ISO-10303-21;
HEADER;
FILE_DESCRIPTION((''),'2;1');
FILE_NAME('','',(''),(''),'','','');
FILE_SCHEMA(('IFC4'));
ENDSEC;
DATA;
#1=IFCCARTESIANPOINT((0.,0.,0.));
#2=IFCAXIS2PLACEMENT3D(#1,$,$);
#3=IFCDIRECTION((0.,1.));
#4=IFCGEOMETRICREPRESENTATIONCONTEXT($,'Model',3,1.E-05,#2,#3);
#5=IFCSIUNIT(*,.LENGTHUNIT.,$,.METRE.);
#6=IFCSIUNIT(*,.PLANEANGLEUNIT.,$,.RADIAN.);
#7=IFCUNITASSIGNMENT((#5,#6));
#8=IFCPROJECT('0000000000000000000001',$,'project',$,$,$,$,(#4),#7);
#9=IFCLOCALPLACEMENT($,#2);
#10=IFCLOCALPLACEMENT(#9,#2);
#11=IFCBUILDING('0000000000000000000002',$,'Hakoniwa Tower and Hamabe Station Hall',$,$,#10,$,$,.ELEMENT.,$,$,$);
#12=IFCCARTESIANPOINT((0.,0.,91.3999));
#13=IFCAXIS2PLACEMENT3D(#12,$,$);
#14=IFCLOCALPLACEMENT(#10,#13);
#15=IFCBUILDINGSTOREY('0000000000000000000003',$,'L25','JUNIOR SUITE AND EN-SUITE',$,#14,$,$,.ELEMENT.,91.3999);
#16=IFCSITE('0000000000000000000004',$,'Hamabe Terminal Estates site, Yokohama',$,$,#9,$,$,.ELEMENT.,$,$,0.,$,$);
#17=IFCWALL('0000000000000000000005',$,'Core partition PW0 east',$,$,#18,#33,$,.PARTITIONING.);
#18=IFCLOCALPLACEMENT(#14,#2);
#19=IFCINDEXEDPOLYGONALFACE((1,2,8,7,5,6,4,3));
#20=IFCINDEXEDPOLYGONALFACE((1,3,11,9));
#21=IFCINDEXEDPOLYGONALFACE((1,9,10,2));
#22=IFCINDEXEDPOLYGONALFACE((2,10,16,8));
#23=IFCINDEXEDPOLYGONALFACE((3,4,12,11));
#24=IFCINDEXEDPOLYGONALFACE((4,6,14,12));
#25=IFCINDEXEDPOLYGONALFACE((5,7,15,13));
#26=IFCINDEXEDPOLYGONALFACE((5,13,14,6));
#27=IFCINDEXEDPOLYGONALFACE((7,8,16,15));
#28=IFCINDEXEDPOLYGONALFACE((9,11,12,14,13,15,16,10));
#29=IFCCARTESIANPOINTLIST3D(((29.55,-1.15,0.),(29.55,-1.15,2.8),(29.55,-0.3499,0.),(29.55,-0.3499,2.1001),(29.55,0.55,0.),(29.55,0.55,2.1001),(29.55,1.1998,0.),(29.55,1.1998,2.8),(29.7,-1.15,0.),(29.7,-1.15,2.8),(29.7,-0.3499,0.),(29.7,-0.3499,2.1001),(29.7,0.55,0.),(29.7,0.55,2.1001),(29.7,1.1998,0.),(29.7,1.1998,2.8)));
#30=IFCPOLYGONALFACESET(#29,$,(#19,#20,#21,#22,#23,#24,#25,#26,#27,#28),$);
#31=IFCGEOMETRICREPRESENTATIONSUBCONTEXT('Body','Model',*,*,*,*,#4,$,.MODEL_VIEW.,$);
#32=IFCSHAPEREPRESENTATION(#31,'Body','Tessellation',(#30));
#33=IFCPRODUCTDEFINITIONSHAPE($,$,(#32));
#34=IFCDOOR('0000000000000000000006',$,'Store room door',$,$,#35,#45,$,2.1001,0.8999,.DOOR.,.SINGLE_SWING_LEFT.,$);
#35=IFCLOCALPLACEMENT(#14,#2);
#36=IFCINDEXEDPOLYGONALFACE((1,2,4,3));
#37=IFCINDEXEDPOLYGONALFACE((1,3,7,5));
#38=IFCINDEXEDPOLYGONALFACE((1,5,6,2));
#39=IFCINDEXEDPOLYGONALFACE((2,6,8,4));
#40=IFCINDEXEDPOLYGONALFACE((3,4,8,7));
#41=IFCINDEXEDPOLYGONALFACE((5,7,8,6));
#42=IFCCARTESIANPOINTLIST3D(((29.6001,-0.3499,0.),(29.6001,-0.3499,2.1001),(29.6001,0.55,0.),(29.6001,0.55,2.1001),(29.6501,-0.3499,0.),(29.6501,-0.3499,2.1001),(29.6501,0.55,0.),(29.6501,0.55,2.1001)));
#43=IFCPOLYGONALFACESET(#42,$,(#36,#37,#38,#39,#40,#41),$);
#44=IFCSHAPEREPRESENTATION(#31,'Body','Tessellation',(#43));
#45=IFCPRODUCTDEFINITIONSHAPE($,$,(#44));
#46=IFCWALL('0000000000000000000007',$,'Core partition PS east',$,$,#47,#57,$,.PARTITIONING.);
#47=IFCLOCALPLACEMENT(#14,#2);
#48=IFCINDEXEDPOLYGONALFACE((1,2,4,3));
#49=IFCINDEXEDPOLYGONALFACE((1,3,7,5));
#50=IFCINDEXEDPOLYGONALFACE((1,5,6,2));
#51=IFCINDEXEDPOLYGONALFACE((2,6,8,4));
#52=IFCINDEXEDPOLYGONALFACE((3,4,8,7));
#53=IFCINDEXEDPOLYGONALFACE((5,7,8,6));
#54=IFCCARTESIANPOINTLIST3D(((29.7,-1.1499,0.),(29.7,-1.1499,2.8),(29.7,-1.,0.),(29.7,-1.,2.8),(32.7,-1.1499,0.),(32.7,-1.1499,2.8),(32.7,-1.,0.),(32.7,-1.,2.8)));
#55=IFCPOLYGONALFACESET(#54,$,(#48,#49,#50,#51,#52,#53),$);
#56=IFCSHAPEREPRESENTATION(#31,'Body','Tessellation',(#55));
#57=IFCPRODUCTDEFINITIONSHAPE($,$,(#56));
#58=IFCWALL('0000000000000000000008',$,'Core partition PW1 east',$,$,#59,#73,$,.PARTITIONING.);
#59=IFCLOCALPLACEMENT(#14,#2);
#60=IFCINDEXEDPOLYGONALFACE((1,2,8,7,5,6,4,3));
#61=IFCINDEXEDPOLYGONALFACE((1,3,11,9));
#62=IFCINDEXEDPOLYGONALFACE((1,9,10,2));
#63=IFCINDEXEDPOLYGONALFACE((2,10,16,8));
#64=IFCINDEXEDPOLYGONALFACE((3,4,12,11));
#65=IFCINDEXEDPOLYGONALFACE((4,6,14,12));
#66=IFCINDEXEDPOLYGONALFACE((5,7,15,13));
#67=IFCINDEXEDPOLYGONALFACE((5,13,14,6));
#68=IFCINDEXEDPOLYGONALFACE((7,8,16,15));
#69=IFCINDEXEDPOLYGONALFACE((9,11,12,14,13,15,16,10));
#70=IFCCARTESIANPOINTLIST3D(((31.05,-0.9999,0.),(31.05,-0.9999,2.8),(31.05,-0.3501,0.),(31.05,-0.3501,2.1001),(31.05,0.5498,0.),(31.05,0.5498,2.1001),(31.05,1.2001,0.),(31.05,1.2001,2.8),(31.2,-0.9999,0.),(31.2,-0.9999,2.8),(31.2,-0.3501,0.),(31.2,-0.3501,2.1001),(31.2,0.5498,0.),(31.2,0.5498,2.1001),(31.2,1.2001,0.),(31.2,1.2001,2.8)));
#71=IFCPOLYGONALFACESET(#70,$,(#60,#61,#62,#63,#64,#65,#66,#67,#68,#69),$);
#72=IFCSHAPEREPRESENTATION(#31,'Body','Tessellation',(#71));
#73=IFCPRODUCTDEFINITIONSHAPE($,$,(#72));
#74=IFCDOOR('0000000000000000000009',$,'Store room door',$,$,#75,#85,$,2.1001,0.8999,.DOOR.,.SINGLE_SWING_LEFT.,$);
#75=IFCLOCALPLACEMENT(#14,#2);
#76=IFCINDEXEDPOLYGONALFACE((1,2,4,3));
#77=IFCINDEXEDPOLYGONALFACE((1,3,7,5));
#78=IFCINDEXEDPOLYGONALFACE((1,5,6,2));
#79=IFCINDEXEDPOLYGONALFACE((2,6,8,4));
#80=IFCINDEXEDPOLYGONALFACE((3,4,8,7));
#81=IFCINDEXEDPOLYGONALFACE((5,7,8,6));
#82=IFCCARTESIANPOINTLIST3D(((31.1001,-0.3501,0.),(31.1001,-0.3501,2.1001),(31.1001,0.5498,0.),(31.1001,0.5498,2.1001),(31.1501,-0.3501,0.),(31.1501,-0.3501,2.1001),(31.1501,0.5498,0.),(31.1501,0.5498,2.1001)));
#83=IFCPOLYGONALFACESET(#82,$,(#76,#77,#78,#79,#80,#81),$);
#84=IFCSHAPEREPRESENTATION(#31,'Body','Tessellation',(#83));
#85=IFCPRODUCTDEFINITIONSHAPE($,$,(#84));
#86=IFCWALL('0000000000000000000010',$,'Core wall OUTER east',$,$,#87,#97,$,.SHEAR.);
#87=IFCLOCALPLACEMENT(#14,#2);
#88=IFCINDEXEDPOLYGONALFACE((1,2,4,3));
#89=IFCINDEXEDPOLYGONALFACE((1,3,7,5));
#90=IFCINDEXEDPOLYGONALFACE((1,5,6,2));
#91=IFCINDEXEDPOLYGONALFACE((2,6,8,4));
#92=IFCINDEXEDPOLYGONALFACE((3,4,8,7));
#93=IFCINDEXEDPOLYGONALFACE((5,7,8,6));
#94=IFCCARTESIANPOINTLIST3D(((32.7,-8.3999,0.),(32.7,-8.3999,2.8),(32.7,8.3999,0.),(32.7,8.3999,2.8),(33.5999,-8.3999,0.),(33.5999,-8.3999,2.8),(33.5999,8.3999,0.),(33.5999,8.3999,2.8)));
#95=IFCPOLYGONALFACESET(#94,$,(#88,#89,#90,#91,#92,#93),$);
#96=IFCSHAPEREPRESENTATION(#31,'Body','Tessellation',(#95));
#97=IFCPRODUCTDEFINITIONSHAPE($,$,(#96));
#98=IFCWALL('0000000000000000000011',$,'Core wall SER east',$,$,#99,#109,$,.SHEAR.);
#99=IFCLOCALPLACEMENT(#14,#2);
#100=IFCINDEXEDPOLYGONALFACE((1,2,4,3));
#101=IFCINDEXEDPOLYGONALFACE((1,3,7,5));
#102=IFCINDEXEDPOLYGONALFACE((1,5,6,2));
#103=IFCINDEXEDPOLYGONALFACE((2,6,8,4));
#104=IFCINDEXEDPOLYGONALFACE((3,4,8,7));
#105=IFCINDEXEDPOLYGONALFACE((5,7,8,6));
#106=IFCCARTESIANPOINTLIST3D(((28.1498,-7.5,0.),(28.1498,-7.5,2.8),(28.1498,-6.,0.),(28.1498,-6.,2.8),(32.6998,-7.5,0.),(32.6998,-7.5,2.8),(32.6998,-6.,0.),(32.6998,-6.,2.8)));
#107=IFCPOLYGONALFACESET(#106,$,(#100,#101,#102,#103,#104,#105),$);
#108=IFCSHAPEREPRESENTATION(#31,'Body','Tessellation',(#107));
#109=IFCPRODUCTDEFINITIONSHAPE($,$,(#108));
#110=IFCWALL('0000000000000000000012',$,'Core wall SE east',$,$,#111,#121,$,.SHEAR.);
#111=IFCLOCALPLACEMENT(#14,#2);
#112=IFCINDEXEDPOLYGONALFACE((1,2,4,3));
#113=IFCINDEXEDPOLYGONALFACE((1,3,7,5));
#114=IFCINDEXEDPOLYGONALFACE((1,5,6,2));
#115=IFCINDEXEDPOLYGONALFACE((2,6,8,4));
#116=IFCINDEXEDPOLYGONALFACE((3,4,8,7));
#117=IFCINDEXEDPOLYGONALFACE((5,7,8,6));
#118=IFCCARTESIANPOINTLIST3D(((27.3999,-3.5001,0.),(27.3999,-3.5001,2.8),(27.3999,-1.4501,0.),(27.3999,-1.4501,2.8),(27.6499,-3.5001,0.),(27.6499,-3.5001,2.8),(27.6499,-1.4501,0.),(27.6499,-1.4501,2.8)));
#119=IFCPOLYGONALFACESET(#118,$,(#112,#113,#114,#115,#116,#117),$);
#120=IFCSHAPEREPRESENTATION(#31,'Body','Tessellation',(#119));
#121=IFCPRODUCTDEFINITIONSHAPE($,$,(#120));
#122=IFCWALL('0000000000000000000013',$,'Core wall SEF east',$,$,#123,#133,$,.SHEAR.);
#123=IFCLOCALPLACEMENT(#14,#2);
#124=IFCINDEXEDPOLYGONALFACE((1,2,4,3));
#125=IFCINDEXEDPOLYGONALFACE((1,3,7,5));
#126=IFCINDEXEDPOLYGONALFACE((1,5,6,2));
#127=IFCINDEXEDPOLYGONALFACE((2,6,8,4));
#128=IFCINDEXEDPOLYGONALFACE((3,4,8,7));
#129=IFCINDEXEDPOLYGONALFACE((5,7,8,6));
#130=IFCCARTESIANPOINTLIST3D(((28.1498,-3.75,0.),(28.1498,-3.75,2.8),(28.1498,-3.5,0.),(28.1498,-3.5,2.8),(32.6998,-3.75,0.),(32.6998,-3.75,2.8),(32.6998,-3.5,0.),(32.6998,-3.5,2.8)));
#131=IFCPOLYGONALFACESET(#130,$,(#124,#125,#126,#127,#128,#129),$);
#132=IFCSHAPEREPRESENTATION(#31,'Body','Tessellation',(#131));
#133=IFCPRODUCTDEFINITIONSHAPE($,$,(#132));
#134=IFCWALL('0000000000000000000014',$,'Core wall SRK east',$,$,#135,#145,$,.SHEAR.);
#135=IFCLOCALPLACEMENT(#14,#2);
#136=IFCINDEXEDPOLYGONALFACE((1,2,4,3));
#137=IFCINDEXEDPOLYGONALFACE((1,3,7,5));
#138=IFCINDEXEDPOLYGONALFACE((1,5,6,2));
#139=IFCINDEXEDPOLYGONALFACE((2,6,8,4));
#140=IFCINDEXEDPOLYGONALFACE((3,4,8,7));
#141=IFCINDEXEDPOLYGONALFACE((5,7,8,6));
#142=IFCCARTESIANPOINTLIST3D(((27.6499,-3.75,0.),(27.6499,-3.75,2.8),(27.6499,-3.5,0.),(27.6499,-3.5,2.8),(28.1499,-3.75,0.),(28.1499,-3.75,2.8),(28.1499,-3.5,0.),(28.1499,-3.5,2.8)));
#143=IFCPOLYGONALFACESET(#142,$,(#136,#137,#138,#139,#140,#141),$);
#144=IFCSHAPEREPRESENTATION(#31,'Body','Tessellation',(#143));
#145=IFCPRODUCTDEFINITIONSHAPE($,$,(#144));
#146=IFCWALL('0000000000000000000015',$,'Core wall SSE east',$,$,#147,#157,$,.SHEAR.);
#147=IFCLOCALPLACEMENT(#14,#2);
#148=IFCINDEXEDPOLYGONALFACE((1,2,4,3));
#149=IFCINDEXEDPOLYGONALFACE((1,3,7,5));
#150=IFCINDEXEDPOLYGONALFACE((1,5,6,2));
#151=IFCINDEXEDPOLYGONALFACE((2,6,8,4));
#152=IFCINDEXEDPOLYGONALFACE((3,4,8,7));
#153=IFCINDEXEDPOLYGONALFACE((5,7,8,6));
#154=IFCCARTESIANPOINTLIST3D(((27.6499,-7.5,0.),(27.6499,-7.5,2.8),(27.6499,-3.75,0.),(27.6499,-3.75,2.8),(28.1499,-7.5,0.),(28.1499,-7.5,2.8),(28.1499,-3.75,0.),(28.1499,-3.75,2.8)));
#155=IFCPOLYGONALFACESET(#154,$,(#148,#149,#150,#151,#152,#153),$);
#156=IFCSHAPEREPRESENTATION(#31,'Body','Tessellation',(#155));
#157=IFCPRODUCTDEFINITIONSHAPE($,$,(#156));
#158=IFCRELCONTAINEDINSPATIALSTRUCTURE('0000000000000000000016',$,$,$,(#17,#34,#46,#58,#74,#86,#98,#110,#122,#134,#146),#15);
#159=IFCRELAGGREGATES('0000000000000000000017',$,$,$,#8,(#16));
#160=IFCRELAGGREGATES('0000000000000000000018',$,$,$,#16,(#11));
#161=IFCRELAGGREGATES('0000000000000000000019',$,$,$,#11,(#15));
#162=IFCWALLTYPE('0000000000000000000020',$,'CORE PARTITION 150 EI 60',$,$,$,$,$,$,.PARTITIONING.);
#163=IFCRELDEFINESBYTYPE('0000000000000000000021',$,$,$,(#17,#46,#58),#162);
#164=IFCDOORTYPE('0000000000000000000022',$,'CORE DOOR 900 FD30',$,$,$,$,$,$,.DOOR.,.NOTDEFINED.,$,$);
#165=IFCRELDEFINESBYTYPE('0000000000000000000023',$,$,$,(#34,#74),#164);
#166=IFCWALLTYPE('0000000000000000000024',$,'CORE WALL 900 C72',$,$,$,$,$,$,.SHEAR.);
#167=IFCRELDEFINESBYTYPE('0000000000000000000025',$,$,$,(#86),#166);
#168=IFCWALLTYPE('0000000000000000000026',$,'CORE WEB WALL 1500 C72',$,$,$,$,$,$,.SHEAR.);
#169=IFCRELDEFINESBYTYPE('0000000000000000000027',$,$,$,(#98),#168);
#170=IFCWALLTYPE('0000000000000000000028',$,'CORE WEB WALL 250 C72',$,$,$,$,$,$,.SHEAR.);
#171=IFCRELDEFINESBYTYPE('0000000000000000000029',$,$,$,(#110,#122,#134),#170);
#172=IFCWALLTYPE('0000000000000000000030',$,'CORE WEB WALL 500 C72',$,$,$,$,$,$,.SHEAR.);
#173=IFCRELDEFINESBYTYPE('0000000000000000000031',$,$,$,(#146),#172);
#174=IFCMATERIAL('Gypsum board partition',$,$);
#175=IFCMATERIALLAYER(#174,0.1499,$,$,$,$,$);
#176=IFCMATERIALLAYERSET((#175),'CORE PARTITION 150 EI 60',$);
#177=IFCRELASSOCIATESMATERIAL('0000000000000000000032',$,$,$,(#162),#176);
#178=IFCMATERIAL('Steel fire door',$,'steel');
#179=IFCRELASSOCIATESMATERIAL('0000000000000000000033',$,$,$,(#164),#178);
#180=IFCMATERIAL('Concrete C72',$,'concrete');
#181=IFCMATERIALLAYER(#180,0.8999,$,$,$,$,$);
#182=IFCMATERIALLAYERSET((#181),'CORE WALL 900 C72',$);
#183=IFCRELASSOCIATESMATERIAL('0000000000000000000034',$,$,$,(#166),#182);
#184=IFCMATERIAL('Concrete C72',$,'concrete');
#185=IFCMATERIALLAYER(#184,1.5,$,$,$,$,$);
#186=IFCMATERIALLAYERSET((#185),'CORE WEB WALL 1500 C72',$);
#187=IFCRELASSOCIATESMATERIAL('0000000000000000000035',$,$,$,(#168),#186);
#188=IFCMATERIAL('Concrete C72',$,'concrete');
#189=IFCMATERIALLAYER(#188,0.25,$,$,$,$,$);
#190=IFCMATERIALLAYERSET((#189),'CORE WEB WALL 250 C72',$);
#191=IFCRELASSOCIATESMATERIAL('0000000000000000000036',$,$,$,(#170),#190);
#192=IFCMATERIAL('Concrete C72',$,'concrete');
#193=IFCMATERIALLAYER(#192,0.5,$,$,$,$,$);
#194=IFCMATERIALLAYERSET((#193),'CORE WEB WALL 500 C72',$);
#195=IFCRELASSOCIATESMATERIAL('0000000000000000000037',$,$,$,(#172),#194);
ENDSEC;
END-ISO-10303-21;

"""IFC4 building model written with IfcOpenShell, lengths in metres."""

from ifc_helpers import new_model, si_unit, direction, frame, frame_2d, origin, place, context, subcontext, project, spatial, rectangle, extrude, material, layer, layer_set, type_object, element, fill, save


model = new_model("IFC4")

# Units and contexts
model_context = context("Model", 3, precision=1e-05, world=origin(), true_north=direction((0.0, 1.0)))
body_context = subcontext(model_context, "Body", "Model", "MODEL_VIEW")
ifc_project = project(units=[si_unit("LENGTHUNIT", "METRE"), si_unit("PLANEANGLEUNIT", "RADIAN")], contexts=[model_context])

# Site, building, storey
site_placement = place(None, origin())
site = spatial("IfcSite", under=ifc_project, at=site_placement, Name="Hamabe Terminal Estates site, Yokohama", CompositionType="ELEMENT", RefElevation=0.0)
building_placement = place(site_placement, origin())
building = spatial("IfcBuilding", under=site, at=building_placement, Name="Hakoniwa Tower and Hamabe Station Hall", CompositionType="ELEMENT")
storey_placement = place(building_placement, frame((0.0, 0.0, 91.3999)))
storey = spatial("IfcBuildingStorey", under=building, at=storey_placement, Name="L25", Description="JUNIOR SUITE AND EN-SUITE", CompositionType="ELEMENT", Elevation=91.3999)

# Wall, opening, door
ifc_material_1 = material(Name="Gypsum board partition")
ifc_layer_1 = layer(ifc_material_1, 0.1499)
ifc_layer_set_1 = layer_set([ifc_layer_1], Name="CORE PARTITION 150 EI 60")
wall_type_1 = type_object("IfcWallType", Name="CORE PARTITION 150 EI 60", PredefinedType="PARTITIONING", material=ifc_layer_set_1)
wall_1_placement = place(storey_placement, frame((29.625, -1.1499, 0.0), z_axis=(0.0, 0.0, 1.0), x_axis=(0.0, 1.0, 0.0)))
wall_1 = element("IfcWall", 1, at=wall_1_placement, inside=storey, type_object=wall_type_1, Name="Core partition PW0 east", PredefinedType="PARTITIONING", context=body_context, shape_type="SweptSolid", body=[
    extrude(rectangle(XDim=2.3499, YDim=0.1499, at=frame_2d((1.1748, 0.0))), origin(), (0.0, 0.0, 1.0), 2.8),
])
opening_1_placement = place(wall_1_placement, frame((0.8, 0.0, 0.0)))
opening_1 = element("IfcOpeningElement", 2, at=opening_1_placement, cuts=wall_1, PredefinedType="OPENING", context=body_context, shape_type="SweptSolid", body=[
    extrude(rectangle(XDim=0.8999, YDim=2.1001, at=frame_2d((0.45, 1.05))), frame((0.0, 0.085, 0.0), z_axis=(0.0, -1.0, 0.0), x_axis=(1.0, 0.0, 0.0)), (0.0, 0.0, 1.0), 0.1699),
])
ifc_material_2 = material(Name="Steel fire door", Category="steel")
door_type_1 = type_object("IfcDoorType", Name="CORE DOOR 900 FD30", OperationType="NOTDEFINED", PredefinedType="DOOR", material=ifc_material_2)
door_1_placement = place(opening_1_placement, origin())
door_1 = element("IfcDoor", 3, at=door_1_placement, inside=storey, type_object=door_type_1, Name="Store room door", OperationType="SINGLE_SWING_LEFT", OverallHeight=2.1001, OverallWidth=0.8999, PredefinedType="DOOR", context=body_context, shape_type="SweptSolid", body=[
    extrude(rectangle(XDim=0.8999, YDim=2.1001, at=frame_2d((0.45, 1.05))), frame((0.0, 0.0249, 0.0), z_axis=(0.0, -1.0, 0.0), x_axis=(1.0, 0.0, 0.0)), (0.0, 0.0, 1.0), 0.05),
])
fill(opening_1, door_1)

# Wall
wall_2_placement = place(storey_placement, frame((29.7, -1.075, 0.0), z_axis=(0.0, 0.0, 1.0), x_axis=(1.0, 0.0, 0.0)))
element("IfcWall", 4, at=wall_2_placement, inside=storey, type_object=wall_type_1, Name="Core partition PS east", PredefinedType="PARTITIONING", context=body_context, shape_type="SweptSolid", body=[
    extrude(rectangle(XDim=3.0, YDim=0.1499, at=frame_2d((1.5, 0.0))), origin(), (0.0, 0.0, 1.0), 2.8),
])

# Wall, opening, door
wall_3_placement = place(storey_placement, frame((31.125, -1.0, 0.0), z_axis=(0.0, 0.0, 1.0), x_axis=(0.0, 1.0, 0.0)))
wall_3 = element("IfcWall", 5, at=wall_3_placement, inside=storey, type_object=wall_type_1, Name="Core partition PW1 east", PredefinedType="PARTITIONING", context=body_context, shape_type="SweptSolid", body=[
    extrude(rectangle(XDim=2.2, YDim=0.1499, at=frame_2d((1.1001, 0.0))), origin(), (0.0, 0.0, 1.0), 2.8),
])
opening_2_placement = place(wall_3_placement, frame((0.6499, 0.0, 0.0)))
opening_2 = element("IfcOpeningElement", 6, at=opening_2_placement, cuts=wall_3, PredefinedType="OPENING", context=body_context, shape_type="SweptSolid", body=[
    extrude(rectangle(XDim=0.8999, YDim=2.1001, at=frame_2d((0.45, 1.05))), frame((0.0, 0.085, 0.0), z_axis=(0.0, -1.0, 0.0), x_axis=(1.0, 0.0, 0.0)), (0.0, 0.0, 1.0), 0.1699),
])
door_2_placement = place(opening_2_placement, origin())
door_2 = element("IfcDoor", 7, at=door_2_placement, inside=storey, type_object=door_type_1, Name="Store room door", OperationType="SINGLE_SWING_LEFT", OverallHeight=2.1001, OverallWidth=0.8999, PredefinedType="DOOR", context=body_context, shape_type="SweptSolid", body=[
    extrude(rectangle(XDim=0.8999, YDim=2.1001, at=frame_2d((0.45, 1.05))), frame((0.0, 0.0249, 0.0), z_axis=(0.0, -1.0, 0.0), x_axis=(1.0, 0.0, 0.0)), (0.0, 0.0, 1.0), 0.05),
])
fill(opening_2, door_2)

# Walls
ifc_material_3 = material(Name="Concrete C72", Category="concrete")
ifc_layer_2 = layer(ifc_material_3, 0.8999)
ifc_layer_set_2 = layer_set([ifc_layer_2], Name="CORE WALL 900 C72")
wall_type_2 = type_object("IfcWallType", Name="CORE WALL 900 C72", PredefinedType="SHEAR", material=ifc_layer_set_2)
wall_4_placement = place(storey_placement, frame((33.1499, -8.3999, 0.0), z_axis=(0.0, 0.0, 1.0), x_axis=(0.0, 1.0, 0.0)))
element("IfcWall", 8, at=wall_4_placement, inside=storey, type_object=wall_type_2, Name="Core wall OUTER east", PredefinedType="SHEAR", context=body_context, shape_type="SweptSolid", body=[
    extrude(rectangle(XDim=16.7998, YDim=0.8999, at=frame_2d((8.3999, 0.0))), origin(), (0.0, 0.0, 1.0), 2.8),
])
ifc_material_4 = material(Name="Concrete C72", Category="concrete")
ifc_layer_3 = layer(ifc_material_4, 1.5)
ifc_layer_set_3 = layer_set([ifc_layer_3], Name="CORE WEB WALL 1500 C72")
wall_type_3 = type_object("IfcWallType", Name="CORE WEB WALL 1500 C72", PredefinedType="SHEAR", material=ifc_layer_set_3)
wall_5_placement = place(storey_placement, frame((28.1499, -6.75, 0.0), z_axis=(0.0, 0.0, 1.0), x_axis=(1.0, 0.0, 0.0)))
element("IfcWall", 9, at=wall_5_placement, inside=storey, type_object=wall_type_3, Name="Core wall SER east", PredefinedType="SHEAR", context=body_context, shape_type="SweptSolid", body=[
    extrude(rectangle(XDim=4.55, YDim=1.5, at=frame_2d((2.2749, 0.0))), origin(), (0.0, 0.0, 1.0), 2.8),
])
ifc_material_5 = material(Name="Concrete C72", Category="concrete")
ifc_layer_4 = layer(ifc_material_5, 0.25)
ifc_layer_set_4 = layer_set([ifc_layer_4], Name="CORE WEB WALL 250 C72")
wall_type_4 = type_object("IfcWallType", Name="CORE WEB WALL 250 C72", PredefinedType="SHEAR", material=ifc_layer_set_4)
wall_6_placement = place(storey_placement, frame((27.5249, -3.5, 0.0), z_axis=(0.0, 0.0, 1.0), x_axis=(0.0, 1.0, 0.0)))
element("IfcWall", 10, at=wall_6_placement, inside=storey, type_object=wall_type_4, Name="Core wall SE east", PredefinedType="SHEAR", context=body_context, shape_type="SweptSolid", body=[
    extrude(rectangle(XDim=2.05, YDim=0.25, at=frame_2d((1.0249, 0.0))), origin(), (0.0, 0.0, 1.0), 2.8),
])
wall_7_placement = place(storey_placement, frame((28.1499, -3.625, 0.0), z_axis=(0.0, 0.0, 1.0), x_axis=(1.0, 0.0, 0.0)))
element("IfcWall", 11, at=wall_7_placement, inside=storey, type_object=wall_type_4, Name="Core wall SEF east", PredefinedType="SHEAR", context=body_context, shape_type="SweptSolid", body=[
    extrude(rectangle(XDim=4.55, YDim=0.25, at=frame_2d((2.2749, 0.0))), origin(), (0.0, 0.0, 1.0), 2.8),
])
wall_8_placement = place(storey_placement, frame((27.6499, -3.625, 0.0), z_axis=(0.0, 0.0, 1.0), x_axis=(1.0, 0.0, 0.0)))
element("IfcWall", 12, at=wall_8_placement, inside=storey, type_object=wall_type_4, Name="Core wall SRK east", PredefinedType="SHEAR", context=body_context, shape_type="SweptSolid", body=[
    extrude(rectangle(XDim=0.5, YDim=0.25, at=frame_2d((0.25, 0.0))), origin(), (0.0, 0.0, 1.0), 2.8),
])
ifc_material_6 = material(Name="Concrete C72", Category="concrete")
ifc_layer_5 = layer(ifc_material_6, 0.5)
ifc_layer_set_5 = layer_set([ifc_layer_5], Name="CORE WEB WALL 500 C72")
wall_type_5 = type_object("IfcWallType", Name="CORE WEB WALL 500 C72", PredefinedType="SHEAR", material=ifc_layer_set_5)
wall_9_placement = place(storey_placement, frame((27.8999, -7.5, 0.0), z_axis=(0.0, 0.0, 1.0), x_axis=(0.0, 1.0, 0.0)))
element("IfcWall", 13, at=wall_9_placement, inside=storey, type_object=wall_type_5, Name="Core wall SSE east", PredefinedType="SHEAR", context=body_context, shape_type="SweptSolid", body=[
    extrude(rectangle(XDim=3.75, YDim=0.5, at=frame_2d((1.875, 0.0))), origin(), (0.0, 0.0, 1.0), 2.8),
])

save(model, "model.ifc")
